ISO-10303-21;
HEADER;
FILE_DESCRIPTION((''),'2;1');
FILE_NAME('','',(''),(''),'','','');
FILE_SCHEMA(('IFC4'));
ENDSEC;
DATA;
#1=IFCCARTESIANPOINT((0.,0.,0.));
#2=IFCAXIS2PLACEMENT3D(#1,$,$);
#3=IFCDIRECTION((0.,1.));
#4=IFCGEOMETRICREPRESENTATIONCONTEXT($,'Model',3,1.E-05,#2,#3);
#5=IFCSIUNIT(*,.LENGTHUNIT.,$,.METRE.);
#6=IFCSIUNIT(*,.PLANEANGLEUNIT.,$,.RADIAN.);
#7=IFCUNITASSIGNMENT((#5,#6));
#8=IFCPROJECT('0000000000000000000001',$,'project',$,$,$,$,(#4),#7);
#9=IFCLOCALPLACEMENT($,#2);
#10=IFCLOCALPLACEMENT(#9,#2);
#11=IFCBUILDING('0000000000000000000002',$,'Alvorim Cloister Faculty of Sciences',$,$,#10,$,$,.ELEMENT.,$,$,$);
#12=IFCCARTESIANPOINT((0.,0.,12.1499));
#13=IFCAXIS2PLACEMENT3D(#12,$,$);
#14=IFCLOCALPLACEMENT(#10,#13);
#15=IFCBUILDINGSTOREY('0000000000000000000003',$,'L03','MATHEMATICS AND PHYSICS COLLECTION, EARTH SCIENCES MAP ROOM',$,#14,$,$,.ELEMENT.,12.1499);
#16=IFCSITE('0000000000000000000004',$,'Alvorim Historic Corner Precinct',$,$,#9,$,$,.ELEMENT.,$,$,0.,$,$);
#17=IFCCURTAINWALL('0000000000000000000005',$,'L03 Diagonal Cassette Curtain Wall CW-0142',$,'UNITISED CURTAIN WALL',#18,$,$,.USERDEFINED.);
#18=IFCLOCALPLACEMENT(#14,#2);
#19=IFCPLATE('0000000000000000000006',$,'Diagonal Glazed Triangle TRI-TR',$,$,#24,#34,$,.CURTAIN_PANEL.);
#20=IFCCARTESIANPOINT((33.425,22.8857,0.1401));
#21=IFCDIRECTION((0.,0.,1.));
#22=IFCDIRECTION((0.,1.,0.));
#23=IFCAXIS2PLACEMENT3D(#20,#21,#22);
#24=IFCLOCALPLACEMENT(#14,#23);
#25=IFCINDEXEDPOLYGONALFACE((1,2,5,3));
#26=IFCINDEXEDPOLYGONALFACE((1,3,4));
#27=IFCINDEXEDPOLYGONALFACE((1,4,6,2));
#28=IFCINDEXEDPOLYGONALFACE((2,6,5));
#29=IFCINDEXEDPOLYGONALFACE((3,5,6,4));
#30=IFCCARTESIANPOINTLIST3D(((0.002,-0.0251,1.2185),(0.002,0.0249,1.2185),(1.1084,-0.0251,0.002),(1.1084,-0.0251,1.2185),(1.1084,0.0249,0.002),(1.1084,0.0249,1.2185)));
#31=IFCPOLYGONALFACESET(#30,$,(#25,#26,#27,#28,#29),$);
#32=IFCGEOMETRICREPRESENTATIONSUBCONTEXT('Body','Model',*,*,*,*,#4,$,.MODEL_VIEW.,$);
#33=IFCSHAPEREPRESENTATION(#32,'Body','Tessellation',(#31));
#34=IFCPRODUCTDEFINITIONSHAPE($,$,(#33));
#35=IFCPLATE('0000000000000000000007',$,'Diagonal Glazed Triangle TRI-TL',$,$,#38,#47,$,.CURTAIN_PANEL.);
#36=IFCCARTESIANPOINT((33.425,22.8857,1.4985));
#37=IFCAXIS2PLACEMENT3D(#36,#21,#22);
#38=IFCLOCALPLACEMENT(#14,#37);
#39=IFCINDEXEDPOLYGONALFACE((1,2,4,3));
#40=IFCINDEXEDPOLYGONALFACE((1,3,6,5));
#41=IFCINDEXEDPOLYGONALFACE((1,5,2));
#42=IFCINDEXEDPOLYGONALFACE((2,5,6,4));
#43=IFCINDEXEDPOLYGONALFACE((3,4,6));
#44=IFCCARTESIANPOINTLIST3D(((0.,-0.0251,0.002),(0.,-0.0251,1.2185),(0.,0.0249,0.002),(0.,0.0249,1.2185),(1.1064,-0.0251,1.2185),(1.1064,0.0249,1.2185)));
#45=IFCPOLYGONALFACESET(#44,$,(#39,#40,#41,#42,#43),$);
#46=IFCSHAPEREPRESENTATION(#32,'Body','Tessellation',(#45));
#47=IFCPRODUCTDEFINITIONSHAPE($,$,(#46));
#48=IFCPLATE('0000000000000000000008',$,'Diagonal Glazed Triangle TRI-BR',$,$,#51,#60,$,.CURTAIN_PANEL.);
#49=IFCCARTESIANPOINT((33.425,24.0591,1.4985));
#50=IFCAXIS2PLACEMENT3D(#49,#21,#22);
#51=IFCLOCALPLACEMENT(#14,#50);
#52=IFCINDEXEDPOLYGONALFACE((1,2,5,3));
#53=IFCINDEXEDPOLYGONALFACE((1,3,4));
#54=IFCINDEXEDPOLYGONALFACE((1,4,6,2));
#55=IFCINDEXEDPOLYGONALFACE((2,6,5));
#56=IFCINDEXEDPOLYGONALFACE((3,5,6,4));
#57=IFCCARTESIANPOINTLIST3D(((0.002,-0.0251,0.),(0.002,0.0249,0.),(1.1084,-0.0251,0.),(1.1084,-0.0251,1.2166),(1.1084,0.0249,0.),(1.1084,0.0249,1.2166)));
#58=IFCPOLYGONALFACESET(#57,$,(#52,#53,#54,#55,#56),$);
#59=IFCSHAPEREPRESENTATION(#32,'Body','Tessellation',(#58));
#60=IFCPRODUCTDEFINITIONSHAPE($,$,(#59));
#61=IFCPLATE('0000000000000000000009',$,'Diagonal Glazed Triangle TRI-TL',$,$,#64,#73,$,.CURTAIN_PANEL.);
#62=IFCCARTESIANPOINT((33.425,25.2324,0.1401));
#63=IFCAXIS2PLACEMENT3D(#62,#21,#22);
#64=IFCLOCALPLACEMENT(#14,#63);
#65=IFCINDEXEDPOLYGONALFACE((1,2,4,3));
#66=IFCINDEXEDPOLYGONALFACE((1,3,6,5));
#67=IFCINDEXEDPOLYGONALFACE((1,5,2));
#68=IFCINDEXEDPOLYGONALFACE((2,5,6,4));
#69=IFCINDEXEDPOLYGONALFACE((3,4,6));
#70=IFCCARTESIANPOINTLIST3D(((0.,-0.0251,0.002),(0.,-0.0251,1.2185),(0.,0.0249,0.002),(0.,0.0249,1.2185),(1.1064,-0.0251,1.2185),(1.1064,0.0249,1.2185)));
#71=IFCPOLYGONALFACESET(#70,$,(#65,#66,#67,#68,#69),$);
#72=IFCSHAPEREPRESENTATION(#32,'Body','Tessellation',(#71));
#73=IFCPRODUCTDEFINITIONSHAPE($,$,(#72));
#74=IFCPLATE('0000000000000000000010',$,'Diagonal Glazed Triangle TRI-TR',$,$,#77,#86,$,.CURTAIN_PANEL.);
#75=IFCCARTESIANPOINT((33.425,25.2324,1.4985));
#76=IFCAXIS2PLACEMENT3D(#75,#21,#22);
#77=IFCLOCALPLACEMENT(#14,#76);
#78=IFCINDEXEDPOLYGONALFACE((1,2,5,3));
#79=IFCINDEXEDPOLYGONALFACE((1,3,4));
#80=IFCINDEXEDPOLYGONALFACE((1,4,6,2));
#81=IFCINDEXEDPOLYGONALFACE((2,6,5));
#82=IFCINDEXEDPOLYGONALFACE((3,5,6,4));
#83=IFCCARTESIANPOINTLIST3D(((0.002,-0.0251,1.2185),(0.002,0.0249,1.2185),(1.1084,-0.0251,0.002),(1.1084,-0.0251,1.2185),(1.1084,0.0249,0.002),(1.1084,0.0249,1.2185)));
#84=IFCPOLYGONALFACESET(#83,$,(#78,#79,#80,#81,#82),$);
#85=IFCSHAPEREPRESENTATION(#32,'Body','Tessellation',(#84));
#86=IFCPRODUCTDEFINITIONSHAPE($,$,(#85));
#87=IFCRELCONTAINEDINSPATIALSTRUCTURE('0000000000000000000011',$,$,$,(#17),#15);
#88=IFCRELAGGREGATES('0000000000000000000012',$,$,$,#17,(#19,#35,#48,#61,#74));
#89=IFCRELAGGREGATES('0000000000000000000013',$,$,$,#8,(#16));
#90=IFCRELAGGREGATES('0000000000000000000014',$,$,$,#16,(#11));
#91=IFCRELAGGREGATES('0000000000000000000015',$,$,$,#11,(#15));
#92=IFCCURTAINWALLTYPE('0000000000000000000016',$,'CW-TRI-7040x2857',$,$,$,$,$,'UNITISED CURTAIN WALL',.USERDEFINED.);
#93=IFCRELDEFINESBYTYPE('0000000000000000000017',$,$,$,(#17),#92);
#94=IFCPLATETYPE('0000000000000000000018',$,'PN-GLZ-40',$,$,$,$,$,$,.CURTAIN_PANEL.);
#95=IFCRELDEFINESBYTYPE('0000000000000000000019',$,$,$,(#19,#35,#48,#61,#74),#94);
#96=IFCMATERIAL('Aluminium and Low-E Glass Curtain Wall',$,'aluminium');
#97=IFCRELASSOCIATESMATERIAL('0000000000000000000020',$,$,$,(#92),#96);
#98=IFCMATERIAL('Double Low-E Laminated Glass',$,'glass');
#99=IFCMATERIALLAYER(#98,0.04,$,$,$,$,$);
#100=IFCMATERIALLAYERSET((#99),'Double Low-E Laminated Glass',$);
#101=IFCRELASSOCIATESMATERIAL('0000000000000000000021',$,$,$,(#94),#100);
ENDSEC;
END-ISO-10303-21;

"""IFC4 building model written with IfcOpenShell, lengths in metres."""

from ifc_helpers import new_model, si_unit, direction, frame, origin, place, context, subcontext, project, spatial, polyline, outline, extrude, material, layer, layer_set, type_object, element, aggregate, save


model = new_model("IFC4")

# Units and contexts
model_context = context("Model", 3, precision=1e-05, world=origin(), true_north=direction((0.0, 1.0)))
body_context = subcontext(model_context, "Body", "Model", "MODEL_VIEW")
ifc_project = project(units=[si_unit("LENGTHUNIT", "METRE"), si_unit("PLANEANGLEUNIT", "RADIAN")], contexts=[model_context])

# Site, building, storey
site_placement = place(None, origin())
site = spatial("IfcSite", under=ifc_project, at=site_placement, Name="Alvorim Historic Corner Precinct", CompositionType="ELEMENT", RefElevation=0.0)
building_placement = place(site_placement, origin())
building = spatial("IfcBuilding", under=site, at=building_placement, Name="Alvorim Cloister Faculty of Sciences", CompositionType="ELEMENT")
storey_placement = place(building_placement, frame((0.0, 0.0, 12.1499)))
storey = spatial("IfcBuildingStorey", under=building, at=storey_placement, Name="L03", Description="MATHEMATICS AND PHYSICS COLLECTION, EARTH SCIENCES MAP ROOM", CompositionType="ELEMENT", Elevation=12.1499)

# Curtain wall, plates
ifc_material_1 = material(Name="Aluminium and Low-E Glass Curtain Wall", Category="aluminium")
curtain_wall_type = type_object("IfcCurtainWallType", Name="CW-TRI-7040x2857", ElementType="UNITISED CURTAIN WALL", PredefinedType="USERDEFINED", material=ifc_material_1)
curtain_wall_placement = place(storey_placement, origin())
curtain_wall = element("IfcCurtainWall", 1, at=curtain_wall_placement, inside=storey, type_object=curtain_wall_type, Name="L03 Diagonal Cassette Curtain Wall CW-0142", ObjectType="UNITISED CURTAIN WALL", PredefinedType="USERDEFINED")
ifc_material_2 = material(Name="Double Low-E Laminated Glass", Category="glass")
ifc_layer = layer(ifc_material_2, 0.04)
ifc_layer_set = layer_set([ifc_layer], Name="Double Low-E Laminated Glass")
plate_type = type_object("IfcPlateType", Name="PN-GLZ-40", PredefinedType="CURTAIN_PANEL", material=ifc_layer_set)
plate_1_placement = place(storey_placement, frame((33.425, 22.8857, 0.1401), z_axis=(0.0, 0.0, 1.0), x_axis=(0.0, 1.0, 0.0)))
plate_1 = element("IfcPlate", 2, at=plate_1_placement, type_object=plate_type, Name="Diagonal Glazed Triangle TRI-TR", PredefinedType="CURTAIN_PANEL", context=body_context, shape_type="SweptSolid", body=[
    extrude(outline(polyline([(1.1084, 0.002), (1.1084, 1.2185), (0.002, 1.2185), (1.1084, 0.002)])), frame((0.0, 0.0249, 0.0), z_axis=(0.0, -1.0, 0.0), x_axis=(1.0, 0.0, 0.0)), (0.0, 0.0, 1.0), 0.05),
])
plate_2_placement = place(storey_placement, frame((33.425, 22.8857, 1.4985), z_axis=(0.0, 0.0, 1.0), x_axis=(0.0, 1.0, 0.0)))
plate_2 = element("IfcPlate", 3, at=plate_2_placement, type_object=plate_type, Name="Diagonal Glazed Triangle TRI-TL", PredefinedType="CURTAIN_PANEL", context=body_context, shape_type="SweptSolid", body=[
    extrude(outline(polyline([(1.1064, 1.2185), (0.0, 1.2185), (0.0, 0.002), (1.1064, 1.2185)])), frame((0.0, 0.0249, 0.0), z_axis=(0.0, -1.0, 0.0), x_axis=(1.0, 0.0, 0.0)), (0.0, 0.0, 1.0), 0.05),
])
plate_3_placement = place(storey_placement, frame((33.425, 24.0591, 1.4985), z_axis=(0.0, 0.0, 1.0), x_axis=(0.0, 1.0, 0.0)))
plate_3 = element("IfcPlate", 4, at=plate_3_placement, type_object=plate_type, Name="Diagonal Glazed Triangle TRI-BR", PredefinedType="CURTAIN_PANEL", context=body_context, shape_type="SweptSolid", body=[
    extrude(outline(polyline([(0.002, 0.0), (1.1084, 0.0), (1.1084, 1.2166), (0.002, 0.0)])), frame((0.0, 0.0249, 0.0), z_axis=(0.0, -1.0, 0.0), x_axis=(1.0, 0.0, 0.0)), (0.0, 0.0, 1.0), 0.05),
])
plate_4_placement = place(storey_placement, frame((33.425, 25.2324, 0.1401), z_axis=(0.0, 0.0, 1.0), x_axis=(0.0, 1.0, 0.0)))
plate_4 = element("IfcPlate", 5, at=plate_4_placement, type_object=plate_type, Name="Diagonal Glazed Triangle TRI-TL", PredefinedType="CURTAIN_PANEL", context=body_context, shape_type="SweptSolid", body=[
    extrude(outline(polyline([(1.1064, 1.2185), (0.0, 1.2185), (0.0, 0.002), (1.1064, 1.2185)])), frame((0.0, 0.0249, 0.0), z_axis=(0.0, -1.0, 0.0), x_axis=(1.0, 0.0, 0.0)), (0.0, 0.0, 1.0), 0.05),
])
plate_5_placement = place(storey_placement, frame((33.425, 25.2324, 1.4985), z_axis=(0.0, 0.0, 1.0), x_axis=(0.0, 1.0, 0.0)))
plate_5 = element("IfcPlate", 6, at=plate_5_placement, type_object=plate_type, Name="Diagonal Glazed Triangle TRI-TR", PredefinedType="CURTAIN_PANEL", context=body_context, shape_type="SweptSolid", body=[
    extrude(outline(polyline([(1.1084, 0.002), (1.1084, 1.2185), (0.002, 1.2185), (1.1084, 0.002)])), frame((0.0, 0.0249, 0.0), z_axis=(0.0, -1.0, 0.0), x_axis=(1.0, 0.0, 0.0)), (0.0, 0.0, 1.0), 0.05),
])
aggregate(curtain_wall, [plate_1, plate_2, plate_3, plate_4, plate_5])

save(model, "model.ifc")
